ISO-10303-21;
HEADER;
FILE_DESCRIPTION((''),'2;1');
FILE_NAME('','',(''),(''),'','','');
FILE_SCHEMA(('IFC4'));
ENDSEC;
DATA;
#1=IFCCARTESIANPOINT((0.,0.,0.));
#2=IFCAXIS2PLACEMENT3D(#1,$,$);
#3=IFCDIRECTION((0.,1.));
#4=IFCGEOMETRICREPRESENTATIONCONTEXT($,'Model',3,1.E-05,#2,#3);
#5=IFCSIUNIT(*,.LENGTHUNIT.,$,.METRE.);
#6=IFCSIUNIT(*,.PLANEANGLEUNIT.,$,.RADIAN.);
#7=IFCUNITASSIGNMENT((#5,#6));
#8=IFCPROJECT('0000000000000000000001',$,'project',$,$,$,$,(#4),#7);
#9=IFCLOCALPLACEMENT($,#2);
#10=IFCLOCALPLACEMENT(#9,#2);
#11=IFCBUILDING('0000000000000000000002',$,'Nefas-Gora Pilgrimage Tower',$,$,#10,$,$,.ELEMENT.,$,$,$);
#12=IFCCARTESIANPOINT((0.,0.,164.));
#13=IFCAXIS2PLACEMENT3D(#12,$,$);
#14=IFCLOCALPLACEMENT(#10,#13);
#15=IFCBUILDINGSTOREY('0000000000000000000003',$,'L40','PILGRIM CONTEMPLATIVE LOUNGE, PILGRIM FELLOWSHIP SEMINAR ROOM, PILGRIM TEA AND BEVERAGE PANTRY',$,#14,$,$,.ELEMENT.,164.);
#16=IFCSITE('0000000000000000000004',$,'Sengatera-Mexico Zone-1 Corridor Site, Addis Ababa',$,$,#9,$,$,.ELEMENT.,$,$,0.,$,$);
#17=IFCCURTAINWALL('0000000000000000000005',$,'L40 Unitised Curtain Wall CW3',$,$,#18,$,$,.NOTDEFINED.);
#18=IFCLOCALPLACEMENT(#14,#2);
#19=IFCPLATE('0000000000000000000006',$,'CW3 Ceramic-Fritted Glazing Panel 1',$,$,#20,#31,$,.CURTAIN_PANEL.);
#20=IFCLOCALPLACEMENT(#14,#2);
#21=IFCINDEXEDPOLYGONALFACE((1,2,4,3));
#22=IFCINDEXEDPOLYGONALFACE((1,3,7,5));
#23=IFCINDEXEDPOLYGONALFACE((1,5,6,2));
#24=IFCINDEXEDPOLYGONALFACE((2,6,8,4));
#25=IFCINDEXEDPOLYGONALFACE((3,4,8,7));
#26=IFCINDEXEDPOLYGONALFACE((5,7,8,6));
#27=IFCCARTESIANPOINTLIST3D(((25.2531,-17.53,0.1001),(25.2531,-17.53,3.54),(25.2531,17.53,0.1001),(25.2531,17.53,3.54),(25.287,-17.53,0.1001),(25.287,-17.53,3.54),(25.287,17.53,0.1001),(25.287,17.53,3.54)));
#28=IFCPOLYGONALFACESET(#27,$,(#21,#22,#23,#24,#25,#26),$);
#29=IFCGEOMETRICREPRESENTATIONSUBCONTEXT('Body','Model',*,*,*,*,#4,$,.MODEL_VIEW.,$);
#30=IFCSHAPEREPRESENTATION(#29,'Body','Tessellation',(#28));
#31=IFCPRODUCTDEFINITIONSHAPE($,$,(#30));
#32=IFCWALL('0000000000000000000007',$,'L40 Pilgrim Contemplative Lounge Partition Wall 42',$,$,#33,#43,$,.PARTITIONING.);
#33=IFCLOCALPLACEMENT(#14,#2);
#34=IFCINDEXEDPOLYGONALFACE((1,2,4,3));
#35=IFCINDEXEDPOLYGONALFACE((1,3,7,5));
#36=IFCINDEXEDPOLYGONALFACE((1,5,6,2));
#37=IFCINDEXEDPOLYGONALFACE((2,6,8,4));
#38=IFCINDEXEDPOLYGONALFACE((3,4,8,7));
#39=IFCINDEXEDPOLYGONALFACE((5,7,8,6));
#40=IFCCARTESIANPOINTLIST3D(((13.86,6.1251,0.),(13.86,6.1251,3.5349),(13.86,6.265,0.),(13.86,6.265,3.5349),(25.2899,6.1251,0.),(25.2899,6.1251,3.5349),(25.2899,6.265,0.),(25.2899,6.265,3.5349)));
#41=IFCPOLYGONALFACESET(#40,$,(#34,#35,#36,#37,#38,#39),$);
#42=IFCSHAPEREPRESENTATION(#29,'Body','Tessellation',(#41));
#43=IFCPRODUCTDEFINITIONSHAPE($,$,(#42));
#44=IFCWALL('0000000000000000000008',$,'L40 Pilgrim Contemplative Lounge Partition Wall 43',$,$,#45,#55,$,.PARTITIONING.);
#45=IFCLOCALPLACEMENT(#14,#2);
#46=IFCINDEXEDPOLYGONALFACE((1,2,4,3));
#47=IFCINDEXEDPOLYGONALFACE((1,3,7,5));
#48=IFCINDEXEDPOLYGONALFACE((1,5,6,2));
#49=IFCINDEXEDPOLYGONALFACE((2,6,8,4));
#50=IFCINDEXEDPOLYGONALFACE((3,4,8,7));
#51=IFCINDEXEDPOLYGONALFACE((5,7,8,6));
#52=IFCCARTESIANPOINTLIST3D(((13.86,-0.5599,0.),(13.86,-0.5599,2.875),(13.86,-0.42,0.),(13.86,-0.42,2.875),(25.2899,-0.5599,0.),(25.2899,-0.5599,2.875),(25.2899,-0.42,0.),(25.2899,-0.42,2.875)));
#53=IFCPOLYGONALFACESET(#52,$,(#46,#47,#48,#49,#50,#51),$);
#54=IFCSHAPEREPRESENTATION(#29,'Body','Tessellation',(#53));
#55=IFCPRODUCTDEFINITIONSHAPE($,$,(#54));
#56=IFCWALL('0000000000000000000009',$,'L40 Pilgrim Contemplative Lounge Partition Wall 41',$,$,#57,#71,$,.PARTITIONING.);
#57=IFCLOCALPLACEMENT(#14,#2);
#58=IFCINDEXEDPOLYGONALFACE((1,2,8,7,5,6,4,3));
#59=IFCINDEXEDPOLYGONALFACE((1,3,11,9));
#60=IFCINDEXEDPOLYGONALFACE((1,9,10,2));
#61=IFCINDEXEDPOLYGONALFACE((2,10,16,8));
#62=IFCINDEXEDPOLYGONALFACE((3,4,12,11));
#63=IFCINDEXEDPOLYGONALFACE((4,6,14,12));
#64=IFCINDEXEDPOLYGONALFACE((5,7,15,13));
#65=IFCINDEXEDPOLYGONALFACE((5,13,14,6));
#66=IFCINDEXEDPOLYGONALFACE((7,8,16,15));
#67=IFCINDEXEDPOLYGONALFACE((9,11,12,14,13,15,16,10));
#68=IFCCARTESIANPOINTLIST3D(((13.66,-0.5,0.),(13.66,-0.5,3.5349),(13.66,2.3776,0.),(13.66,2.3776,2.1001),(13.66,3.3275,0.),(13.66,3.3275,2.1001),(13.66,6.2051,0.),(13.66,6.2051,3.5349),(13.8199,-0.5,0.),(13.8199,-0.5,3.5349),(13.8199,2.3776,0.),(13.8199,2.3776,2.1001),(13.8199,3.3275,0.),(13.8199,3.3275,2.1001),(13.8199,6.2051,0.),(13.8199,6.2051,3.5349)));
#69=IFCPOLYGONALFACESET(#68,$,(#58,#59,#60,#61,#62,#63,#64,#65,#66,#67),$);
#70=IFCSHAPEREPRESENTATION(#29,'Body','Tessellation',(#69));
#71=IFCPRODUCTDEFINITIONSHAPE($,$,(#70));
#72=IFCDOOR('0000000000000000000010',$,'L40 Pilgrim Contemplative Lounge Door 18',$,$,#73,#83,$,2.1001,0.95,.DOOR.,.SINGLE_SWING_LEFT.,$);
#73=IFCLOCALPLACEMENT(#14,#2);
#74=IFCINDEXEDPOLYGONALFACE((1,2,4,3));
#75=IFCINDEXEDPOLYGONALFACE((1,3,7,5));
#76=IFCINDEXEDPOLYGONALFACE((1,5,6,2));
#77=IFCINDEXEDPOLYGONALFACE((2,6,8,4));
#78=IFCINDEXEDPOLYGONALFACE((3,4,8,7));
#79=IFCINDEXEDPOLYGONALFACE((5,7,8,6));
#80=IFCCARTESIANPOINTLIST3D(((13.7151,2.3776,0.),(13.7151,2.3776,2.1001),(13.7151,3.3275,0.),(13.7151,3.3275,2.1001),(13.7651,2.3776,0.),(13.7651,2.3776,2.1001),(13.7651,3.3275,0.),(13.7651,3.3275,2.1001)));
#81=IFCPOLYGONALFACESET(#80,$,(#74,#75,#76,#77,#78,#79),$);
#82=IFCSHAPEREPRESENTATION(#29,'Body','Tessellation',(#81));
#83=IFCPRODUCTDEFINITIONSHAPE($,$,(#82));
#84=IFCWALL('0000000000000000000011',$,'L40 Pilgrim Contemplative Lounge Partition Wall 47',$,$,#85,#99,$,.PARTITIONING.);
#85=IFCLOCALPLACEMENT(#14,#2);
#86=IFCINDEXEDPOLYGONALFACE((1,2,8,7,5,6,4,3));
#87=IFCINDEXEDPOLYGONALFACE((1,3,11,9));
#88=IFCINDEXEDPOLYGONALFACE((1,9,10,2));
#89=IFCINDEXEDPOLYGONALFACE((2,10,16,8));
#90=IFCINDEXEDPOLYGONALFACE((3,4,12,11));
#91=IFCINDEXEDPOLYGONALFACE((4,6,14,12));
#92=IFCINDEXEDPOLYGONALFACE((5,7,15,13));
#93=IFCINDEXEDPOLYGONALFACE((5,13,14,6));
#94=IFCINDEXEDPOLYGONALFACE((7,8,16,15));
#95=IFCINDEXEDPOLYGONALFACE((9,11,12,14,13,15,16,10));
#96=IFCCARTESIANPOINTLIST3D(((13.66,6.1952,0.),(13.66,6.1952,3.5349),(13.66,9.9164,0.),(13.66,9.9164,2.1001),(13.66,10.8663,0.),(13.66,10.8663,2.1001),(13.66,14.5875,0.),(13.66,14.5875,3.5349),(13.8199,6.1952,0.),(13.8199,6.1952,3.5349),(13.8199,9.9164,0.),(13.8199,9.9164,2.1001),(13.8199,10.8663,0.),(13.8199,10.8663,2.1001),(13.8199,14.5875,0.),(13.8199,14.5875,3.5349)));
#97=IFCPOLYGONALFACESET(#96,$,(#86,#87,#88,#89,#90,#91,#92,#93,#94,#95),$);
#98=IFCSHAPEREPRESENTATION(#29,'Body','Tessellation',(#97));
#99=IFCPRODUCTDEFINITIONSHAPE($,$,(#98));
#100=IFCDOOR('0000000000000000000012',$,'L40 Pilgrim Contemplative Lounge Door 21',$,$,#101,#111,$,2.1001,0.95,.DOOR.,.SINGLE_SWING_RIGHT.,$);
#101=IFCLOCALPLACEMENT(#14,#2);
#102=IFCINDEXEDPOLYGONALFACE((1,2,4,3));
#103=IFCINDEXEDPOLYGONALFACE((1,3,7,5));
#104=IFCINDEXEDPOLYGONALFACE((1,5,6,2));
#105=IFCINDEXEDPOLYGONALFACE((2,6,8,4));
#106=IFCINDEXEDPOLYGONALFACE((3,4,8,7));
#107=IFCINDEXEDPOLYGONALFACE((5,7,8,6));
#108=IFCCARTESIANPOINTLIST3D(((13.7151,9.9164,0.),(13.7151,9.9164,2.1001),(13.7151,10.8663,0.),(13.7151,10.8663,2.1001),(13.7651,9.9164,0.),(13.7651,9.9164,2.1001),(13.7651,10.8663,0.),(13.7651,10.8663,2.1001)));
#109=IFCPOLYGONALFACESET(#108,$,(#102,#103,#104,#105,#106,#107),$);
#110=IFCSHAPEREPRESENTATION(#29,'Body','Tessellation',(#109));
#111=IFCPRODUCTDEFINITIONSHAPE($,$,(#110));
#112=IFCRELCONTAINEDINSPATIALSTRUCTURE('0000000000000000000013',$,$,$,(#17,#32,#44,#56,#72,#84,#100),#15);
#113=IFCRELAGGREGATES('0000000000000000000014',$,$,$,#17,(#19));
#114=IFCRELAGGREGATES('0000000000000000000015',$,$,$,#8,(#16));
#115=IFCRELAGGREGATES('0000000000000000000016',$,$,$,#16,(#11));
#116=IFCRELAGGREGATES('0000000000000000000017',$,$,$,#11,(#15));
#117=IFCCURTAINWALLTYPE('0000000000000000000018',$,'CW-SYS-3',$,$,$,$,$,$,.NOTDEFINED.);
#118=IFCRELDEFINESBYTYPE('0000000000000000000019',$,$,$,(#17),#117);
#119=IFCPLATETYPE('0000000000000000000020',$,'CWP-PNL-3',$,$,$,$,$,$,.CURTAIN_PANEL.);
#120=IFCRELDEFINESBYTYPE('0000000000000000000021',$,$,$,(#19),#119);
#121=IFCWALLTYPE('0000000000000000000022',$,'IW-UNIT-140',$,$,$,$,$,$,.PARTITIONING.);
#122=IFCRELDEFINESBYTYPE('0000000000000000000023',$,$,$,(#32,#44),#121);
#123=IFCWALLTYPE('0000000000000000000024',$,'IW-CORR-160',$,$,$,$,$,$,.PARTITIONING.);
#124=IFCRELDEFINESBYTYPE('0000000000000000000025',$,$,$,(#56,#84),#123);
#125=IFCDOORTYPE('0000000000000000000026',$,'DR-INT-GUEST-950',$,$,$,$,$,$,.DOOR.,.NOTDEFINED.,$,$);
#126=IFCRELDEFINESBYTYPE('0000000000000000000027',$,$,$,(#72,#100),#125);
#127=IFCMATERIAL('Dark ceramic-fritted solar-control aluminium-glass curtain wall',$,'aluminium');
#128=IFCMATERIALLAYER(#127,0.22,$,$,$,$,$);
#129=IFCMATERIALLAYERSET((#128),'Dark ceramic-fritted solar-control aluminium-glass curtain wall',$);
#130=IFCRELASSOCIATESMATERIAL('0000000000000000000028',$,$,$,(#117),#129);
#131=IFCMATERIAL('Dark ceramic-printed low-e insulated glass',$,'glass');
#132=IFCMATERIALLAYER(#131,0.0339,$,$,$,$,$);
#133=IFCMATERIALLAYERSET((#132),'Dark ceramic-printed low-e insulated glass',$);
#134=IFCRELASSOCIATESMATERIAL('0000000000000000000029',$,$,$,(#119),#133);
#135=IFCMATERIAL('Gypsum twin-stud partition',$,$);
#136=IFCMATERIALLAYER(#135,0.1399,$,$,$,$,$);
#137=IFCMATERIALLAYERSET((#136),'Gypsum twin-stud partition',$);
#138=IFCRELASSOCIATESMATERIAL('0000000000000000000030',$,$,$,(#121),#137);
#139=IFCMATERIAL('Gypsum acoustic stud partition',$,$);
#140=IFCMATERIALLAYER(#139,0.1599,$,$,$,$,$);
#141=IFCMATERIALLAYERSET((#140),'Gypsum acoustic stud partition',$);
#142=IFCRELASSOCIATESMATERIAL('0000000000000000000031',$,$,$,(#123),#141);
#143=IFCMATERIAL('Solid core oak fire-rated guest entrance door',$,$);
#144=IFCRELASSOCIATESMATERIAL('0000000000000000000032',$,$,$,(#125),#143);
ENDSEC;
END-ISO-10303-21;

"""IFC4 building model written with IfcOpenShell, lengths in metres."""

from ifc_helpers import new_model, si_unit, direction, frame, frame_2d, origin, origin_2d, place, context, subcontext, project, spatial, rectangle, extrude, source, transform, mapped, material, layer, layer_set, type_object, element, fill, aggregate, save


model = new_model("IFC4")

# Units and contexts
model_context = context("Model", 3, precision=1e-05, world=origin(), true_north=direction((0.0, 1.0)))
body_context = subcontext(model_context, "Body", "Model", "MODEL_VIEW")
ifc_project = project(units=[si_unit("LENGTHUNIT", "METRE"), si_unit("PLANEANGLEUNIT", "RADIAN")], contexts=[model_context])

# Site, building, storey
site_placement = place(None, origin())
site = spatial("IfcSite", under=ifc_project, at=site_placement, Name="Sengatera-Mexico Zone-1 Corridor Site, Addis Ababa", CompositionType="ELEMENT", RefElevation=0.0)
building_placement = place(site_placement, origin())
building = spatial("IfcBuilding", under=site, at=building_placement, Name="Nefas-Gora Pilgrimage Tower", CompositionType="ELEMENT")
storey_placement = place(building_placement, frame((0.0, 0.0, 164.0)))
storey = spatial("IfcBuildingStorey", under=building, at=storey_placement, Name="L40", Description="PILGRIM CONTEMPLATIVE LOUNGE, PILGRIM FELLOWSHIP SEMINAR ROOM, PILGRIM TEA AND BEVERAGE PANTRY", CompositionType="ELEMENT", Elevation=164.0)

# Curtain wall, plate
ifc_material_1 = material(Name="Dark ceramic-fritted solar-control aluminium-glass curtain wall", Category="aluminium")
ifc_layer_1 = layer(ifc_material_1, 0.22)
ifc_layer_set_1 = layer_set([ifc_layer_1], Name="Dark ceramic-fritted solar-control aluminium-glass curtain wall")
curtain_wall_type = type_object("IfcCurtainWallType", Name="CW-SYS-3", PredefinedType="NOTDEFINED", material=ifc_layer_set_1)
curtain_wall_placement = place(storey_placement, origin())
curtain_wall = element("IfcCurtainWall", 1, at=curtain_wall_placement, inside=storey, type_object=curtain_wall_type, Name="L40 Unitised Curtain Wall CW3", PredefinedType="NOTDEFINED")
ifc_material_2 = material(Name="Dark ceramic-printed low-e insulated glass", Category="glass")
ifc_layer_2 = layer(ifc_material_2, 0.0339)
ifc_layer_set_2 = layer_set([ifc_layer_2], Name="Dark ceramic-printed low-e insulated glass")
plate_type = type_object("IfcPlateType", Name="CWP-PNL-3", PredefinedType="CURTAIN_PANEL", material=ifc_layer_set_2)
shared_shape_1 = source(origin(), body_context, "Body", "SweptSolid", [
    extrude(rectangle(XDim=35.0601, YDim=0.0339, at=origin_2d()), origin(), (0.0, 0.0, 1.0), 3.4399),
])
plate_placement = place(storey_placement, frame((25.27, 0.0, 0.1001), z_axis=(0.0, 0.0, 1.0), x_axis=(0.0, 1.0, 0.0)))
plate = element("IfcPlate", 2, at=plate_placement, type_object=plate_type, Name="CW3 Ceramic-Fritted Glazing Panel 1", PredefinedType="CURTAIN_PANEL", context=body_context, shape_type="MappedRepresentation", body=[
    mapped(shared_shape_1, transform((0.0, 0.0, 0.0), x_axis=(1.0, 0.0, 0.0), y_axis=(0.0, 1.0, 0.0), z_axis=(0.0, 0.0, 1.0), scale=1.0)),
])
aggregate(curtain_wall, [plate])

# Walls
ifc_material_3 = material(Name="Gypsum twin-stud partition")
ifc_layer_3 = layer(ifc_material_3, 0.1399)
ifc_layer_set_3 = layer_set([ifc_layer_3], Name="Gypsum twin-stud partition")
wall_type_1 = type_object("IfcWallType", Name="IW-UNIT-140", PredefinedType="PARTITIONING", material=ifc_layer_set_3)
shared_shape_2 = source(origin(), body_context, "Body", "SweptSolid", [
    extrude(rectangle(XDim=11.4299, YDim=0.1399, at=frame_2d((5.7148, 0.0))), origin(), (0.0, 0.0, 1.0), 3.5349),
])
wall_1_placement = place(storey_placement, frame((13.8601, 6.1951, 0.0), z_axis=(0.0, 0.0, 1.0), x_axis=(1.0, 0.0, 0.0)))
element("IfcWall", 3, at=wall_1_placement, inside=storey, type_object=wall_type_1, Name="L40 Pilgrim Contemplative Lounge Partition Wall 42", PredefinedType="PARTITIONING", context=body_context, shape_type="MappedRepresentation", body=[
    mapped(shared_shape_2, transform((0.0, 0.0, 0.0), x_axis=(1.0, 0.0, 0.0), y_axis=(0.0, 1.0, 0.0), z_axis=(0.0, 0.0, 1.0), scale=1.0)),
])
shared_shape_3 = source(origin(), body_context, "Body", "SweptSolid", [
    extrude(rectangle(XDim=11.4299, YDim=0.1399, at=frame_2d((5.7148, 0.0))), origin(), (0.0, 0.0, 1.0), 2.875),
])
wall_2_placement = place(storey_placement, frame((13.8601, -0.49, 0.0), z_axis=(0.0, 0.0, 1.0), x_axis=(1.0, 0.0, 0.0)))
element("IfcWall", 4, at=wall_2_placement, inside=storey, type_object=wall_type_1, Name="L40 Pilgrim Contemplative Lounge Partition Wall 43", PredefinedType="PARTITIONING", context=body_context, shape_type="MappedRepresentation", body=[
    mapped(shared_shape_3, transform((0.0, 0.0, 0.0), x_axis=(1.0, 0.0, 0.0), y_axis=(0.0, 1.0, 0.0), z_axis=(0.0, 0.0, 1.0), scale=1.0)),
])

# Walls, openings, doors
ifc_material_4 = material(Name="Gypsum acoustic stud partition")
ifc_layer_4 = layer(ifc_material_4, 0.1599)
ifc_layer_set_4 = layer_set([ifc_layer_4], Name="Gypsum acoustic stud partition")
wall_type_2 = type_object("IfcWallType", Name="IW-CORR-160", PredefinedType="PARTITIONING", material=ifc_layer_set_4)
shared_shape_4 = source(origin(), body_context, "Body", "SweptSolid", [
    extrude(rectangle(XDim=6.7051, YDim=0.1599, at=frame_2d((3.3525, 0.0))), origin(), (0.0, 0.0, 1.0), 3.5349),
])
wall_3_placement = place(storey_placement, frame((13.74, -0.5, 0.0), z_axis=(0.0, 0.0, 1.0), x_axis=(0.0, 1.0, 0.0)))
wall_3 = element("IfcWall", 5, at=wall_3_placement, inside=storey, type_object=wall_type_2, Name="L40 Pilgrim Contemplative Lounge Partition Wall 41", PredefinedType="PARTITIONING", context=body_context, shape_type="MappedRepresentation", body=[
    mapped(shared_shape_4, transform((0.0, 0.0, 0.0), x_axis=(1.0, 0.0, 0.0), y_axis=(0.0, 1.0, 0.0), z_axis=(0.0, 0.0, 1.0), scale=1.0)),
])
opening_1_placement = place(wall_3_placement, frame((2.8774, 0.0, 0.0)))
opening_1 = element("IfcOpeningElement", 6, at=opening_1_placement, cuts=wall_3, PredefinedType="OPENING", context=body_context, shape_type="SweptSolid", body=[
    extrude(rectangle(XDim=0.95, YDim=2.1001, at=frame_2d((0.4751, 1.05))), frame((0.0, 0.0898, 0.0), z_axis=(0.0, -1.0, 0.0), x_axis=(1.0, 0.0, 0.0)), (0.0, 0.0, 1.0), 0.1799),
])
ifc_material_5 = material(Name="Solid core oak fire-rated guest entrance door")
door_type = type_object("IfcDoorType", Name="DR-INT-GUEST-950", OperationType="NOTDEFINED", PredefinedType="DOOR", material=ifc_material_5)
shared_shape_5 = source(origin(), body_context, "Body", "SweptSolid", [
    extrude(rectangle(XDim=0.95, YDim=2.1001, at=frame_2d((0.4751, 1.05))), frame((0.0, 0.0249, 0.0), z_axis=(0.0, -1.0, 0.0), x_axis=(1.0, 0.0, 0.0)), (0.0, 0.0, 1.0), 0.05),
])
door_1_placement = place(opening_1_placement, origin())
door_1 = element("IfcDoor", 7, at=door_1_placement, inside=storey, type_object=door_type, Name="L40 Pilgrim Contemplative Lounge Door 18", OperationType="SINGLE_SWING_LEFT", OverallHeight=2.1001, OverallWidth=0.95, PredefinedType="DOOR", context=body_context, shape_type="MappedRepresentation", body=[
    mapped(shared_shape_5, transform((0.0, 0.0, 0.0), x_axis=(1.0, 0.0, 0.0), y_axis=(0.0, 1.0, 0.0), z_axis=(0.0, 0.0, 1.0), scale=1.0)),
])
fill(opening_1, door_1)
shared_shape_6 = source(origin(), body_context, "Body", "SweptSolid", [
    extrude(rectangle(XDim=8.3923, YDim=0.1599, at=frame_2d((4.1963, 0.0))), origin(), (0.0, 0.0, 1.0), 3.5349),
])
wall_4_placement = place(storey_placement, frame((13.74, 6.1951, 0.0), z_axis=(0.0, 0.0, 1.0), x_axis=(0.0, 1.0, 0.0)))
wall_4 = element("IfcWall", 8, at=wall_4_placement, inside=storey, type_object=wall_type_2, Name="L40 Pilgrim Contemplative Lounge Partition Wall 47", PredefinedType="PARTITIONING", context=body_context, shape_type="MappedRepresentation", body=[
    mapped(shared_shape_6, transform((0.0, 0.0, 0.0), x_axis=(1.0, 0.0, 0.0), y_axis=(0.0, 1.0, 0.0), z_axis=(0.0, 0.0, 1.0), scale=1.0)),
])
opening_2_placement = place(wall_4_placement, frame((3.7212, 0.0, 0.0)))
opening_2 = element("IfcOpeningElement", 9, at=opening_2_placement, cuts=wall_4, PredefinedType="OPENING", context=body_context, shape_type="SweptSolid", body=[
    extrude(rectangle(XDim=0.95, YDim=2.1001, at=frame_2d((0.4751, 1.05))), frame((0.0, 0.0898, 0.0), z_axis=(0.0, -1.0, 0.0), x_axis=(1.0, 0.0, 0.0)), (0.0, 0.0, 1.0), 0.1799),
])
door_2_placement = place(opening_2_placement, origin())
door_2 = element("IfcDoor", 10, at=door_2_placement, inside=storey, type_object=door_type, Name="L40 Pilgrim Contemplative Lounge Door 21", OperationType="SINGLE_SWING_RIGHT", OverallHeight=2.1001, OverallWidth=0.95, PredefinedType="DOOR", context=body_context, shape_type="MappedRepresentation", body=[
    mapped(shared_shape_5, transform((0.0, 0.0, 0.0), x_axis=(1.0, 0.0, 0.0), y_axis=(0.0, 1.0, 0.0), z_axis=(0.0, 0.0, 1.0), scale=1.0)),
])
fill(opening_2, door_2)

save(model, "model.ifc")
